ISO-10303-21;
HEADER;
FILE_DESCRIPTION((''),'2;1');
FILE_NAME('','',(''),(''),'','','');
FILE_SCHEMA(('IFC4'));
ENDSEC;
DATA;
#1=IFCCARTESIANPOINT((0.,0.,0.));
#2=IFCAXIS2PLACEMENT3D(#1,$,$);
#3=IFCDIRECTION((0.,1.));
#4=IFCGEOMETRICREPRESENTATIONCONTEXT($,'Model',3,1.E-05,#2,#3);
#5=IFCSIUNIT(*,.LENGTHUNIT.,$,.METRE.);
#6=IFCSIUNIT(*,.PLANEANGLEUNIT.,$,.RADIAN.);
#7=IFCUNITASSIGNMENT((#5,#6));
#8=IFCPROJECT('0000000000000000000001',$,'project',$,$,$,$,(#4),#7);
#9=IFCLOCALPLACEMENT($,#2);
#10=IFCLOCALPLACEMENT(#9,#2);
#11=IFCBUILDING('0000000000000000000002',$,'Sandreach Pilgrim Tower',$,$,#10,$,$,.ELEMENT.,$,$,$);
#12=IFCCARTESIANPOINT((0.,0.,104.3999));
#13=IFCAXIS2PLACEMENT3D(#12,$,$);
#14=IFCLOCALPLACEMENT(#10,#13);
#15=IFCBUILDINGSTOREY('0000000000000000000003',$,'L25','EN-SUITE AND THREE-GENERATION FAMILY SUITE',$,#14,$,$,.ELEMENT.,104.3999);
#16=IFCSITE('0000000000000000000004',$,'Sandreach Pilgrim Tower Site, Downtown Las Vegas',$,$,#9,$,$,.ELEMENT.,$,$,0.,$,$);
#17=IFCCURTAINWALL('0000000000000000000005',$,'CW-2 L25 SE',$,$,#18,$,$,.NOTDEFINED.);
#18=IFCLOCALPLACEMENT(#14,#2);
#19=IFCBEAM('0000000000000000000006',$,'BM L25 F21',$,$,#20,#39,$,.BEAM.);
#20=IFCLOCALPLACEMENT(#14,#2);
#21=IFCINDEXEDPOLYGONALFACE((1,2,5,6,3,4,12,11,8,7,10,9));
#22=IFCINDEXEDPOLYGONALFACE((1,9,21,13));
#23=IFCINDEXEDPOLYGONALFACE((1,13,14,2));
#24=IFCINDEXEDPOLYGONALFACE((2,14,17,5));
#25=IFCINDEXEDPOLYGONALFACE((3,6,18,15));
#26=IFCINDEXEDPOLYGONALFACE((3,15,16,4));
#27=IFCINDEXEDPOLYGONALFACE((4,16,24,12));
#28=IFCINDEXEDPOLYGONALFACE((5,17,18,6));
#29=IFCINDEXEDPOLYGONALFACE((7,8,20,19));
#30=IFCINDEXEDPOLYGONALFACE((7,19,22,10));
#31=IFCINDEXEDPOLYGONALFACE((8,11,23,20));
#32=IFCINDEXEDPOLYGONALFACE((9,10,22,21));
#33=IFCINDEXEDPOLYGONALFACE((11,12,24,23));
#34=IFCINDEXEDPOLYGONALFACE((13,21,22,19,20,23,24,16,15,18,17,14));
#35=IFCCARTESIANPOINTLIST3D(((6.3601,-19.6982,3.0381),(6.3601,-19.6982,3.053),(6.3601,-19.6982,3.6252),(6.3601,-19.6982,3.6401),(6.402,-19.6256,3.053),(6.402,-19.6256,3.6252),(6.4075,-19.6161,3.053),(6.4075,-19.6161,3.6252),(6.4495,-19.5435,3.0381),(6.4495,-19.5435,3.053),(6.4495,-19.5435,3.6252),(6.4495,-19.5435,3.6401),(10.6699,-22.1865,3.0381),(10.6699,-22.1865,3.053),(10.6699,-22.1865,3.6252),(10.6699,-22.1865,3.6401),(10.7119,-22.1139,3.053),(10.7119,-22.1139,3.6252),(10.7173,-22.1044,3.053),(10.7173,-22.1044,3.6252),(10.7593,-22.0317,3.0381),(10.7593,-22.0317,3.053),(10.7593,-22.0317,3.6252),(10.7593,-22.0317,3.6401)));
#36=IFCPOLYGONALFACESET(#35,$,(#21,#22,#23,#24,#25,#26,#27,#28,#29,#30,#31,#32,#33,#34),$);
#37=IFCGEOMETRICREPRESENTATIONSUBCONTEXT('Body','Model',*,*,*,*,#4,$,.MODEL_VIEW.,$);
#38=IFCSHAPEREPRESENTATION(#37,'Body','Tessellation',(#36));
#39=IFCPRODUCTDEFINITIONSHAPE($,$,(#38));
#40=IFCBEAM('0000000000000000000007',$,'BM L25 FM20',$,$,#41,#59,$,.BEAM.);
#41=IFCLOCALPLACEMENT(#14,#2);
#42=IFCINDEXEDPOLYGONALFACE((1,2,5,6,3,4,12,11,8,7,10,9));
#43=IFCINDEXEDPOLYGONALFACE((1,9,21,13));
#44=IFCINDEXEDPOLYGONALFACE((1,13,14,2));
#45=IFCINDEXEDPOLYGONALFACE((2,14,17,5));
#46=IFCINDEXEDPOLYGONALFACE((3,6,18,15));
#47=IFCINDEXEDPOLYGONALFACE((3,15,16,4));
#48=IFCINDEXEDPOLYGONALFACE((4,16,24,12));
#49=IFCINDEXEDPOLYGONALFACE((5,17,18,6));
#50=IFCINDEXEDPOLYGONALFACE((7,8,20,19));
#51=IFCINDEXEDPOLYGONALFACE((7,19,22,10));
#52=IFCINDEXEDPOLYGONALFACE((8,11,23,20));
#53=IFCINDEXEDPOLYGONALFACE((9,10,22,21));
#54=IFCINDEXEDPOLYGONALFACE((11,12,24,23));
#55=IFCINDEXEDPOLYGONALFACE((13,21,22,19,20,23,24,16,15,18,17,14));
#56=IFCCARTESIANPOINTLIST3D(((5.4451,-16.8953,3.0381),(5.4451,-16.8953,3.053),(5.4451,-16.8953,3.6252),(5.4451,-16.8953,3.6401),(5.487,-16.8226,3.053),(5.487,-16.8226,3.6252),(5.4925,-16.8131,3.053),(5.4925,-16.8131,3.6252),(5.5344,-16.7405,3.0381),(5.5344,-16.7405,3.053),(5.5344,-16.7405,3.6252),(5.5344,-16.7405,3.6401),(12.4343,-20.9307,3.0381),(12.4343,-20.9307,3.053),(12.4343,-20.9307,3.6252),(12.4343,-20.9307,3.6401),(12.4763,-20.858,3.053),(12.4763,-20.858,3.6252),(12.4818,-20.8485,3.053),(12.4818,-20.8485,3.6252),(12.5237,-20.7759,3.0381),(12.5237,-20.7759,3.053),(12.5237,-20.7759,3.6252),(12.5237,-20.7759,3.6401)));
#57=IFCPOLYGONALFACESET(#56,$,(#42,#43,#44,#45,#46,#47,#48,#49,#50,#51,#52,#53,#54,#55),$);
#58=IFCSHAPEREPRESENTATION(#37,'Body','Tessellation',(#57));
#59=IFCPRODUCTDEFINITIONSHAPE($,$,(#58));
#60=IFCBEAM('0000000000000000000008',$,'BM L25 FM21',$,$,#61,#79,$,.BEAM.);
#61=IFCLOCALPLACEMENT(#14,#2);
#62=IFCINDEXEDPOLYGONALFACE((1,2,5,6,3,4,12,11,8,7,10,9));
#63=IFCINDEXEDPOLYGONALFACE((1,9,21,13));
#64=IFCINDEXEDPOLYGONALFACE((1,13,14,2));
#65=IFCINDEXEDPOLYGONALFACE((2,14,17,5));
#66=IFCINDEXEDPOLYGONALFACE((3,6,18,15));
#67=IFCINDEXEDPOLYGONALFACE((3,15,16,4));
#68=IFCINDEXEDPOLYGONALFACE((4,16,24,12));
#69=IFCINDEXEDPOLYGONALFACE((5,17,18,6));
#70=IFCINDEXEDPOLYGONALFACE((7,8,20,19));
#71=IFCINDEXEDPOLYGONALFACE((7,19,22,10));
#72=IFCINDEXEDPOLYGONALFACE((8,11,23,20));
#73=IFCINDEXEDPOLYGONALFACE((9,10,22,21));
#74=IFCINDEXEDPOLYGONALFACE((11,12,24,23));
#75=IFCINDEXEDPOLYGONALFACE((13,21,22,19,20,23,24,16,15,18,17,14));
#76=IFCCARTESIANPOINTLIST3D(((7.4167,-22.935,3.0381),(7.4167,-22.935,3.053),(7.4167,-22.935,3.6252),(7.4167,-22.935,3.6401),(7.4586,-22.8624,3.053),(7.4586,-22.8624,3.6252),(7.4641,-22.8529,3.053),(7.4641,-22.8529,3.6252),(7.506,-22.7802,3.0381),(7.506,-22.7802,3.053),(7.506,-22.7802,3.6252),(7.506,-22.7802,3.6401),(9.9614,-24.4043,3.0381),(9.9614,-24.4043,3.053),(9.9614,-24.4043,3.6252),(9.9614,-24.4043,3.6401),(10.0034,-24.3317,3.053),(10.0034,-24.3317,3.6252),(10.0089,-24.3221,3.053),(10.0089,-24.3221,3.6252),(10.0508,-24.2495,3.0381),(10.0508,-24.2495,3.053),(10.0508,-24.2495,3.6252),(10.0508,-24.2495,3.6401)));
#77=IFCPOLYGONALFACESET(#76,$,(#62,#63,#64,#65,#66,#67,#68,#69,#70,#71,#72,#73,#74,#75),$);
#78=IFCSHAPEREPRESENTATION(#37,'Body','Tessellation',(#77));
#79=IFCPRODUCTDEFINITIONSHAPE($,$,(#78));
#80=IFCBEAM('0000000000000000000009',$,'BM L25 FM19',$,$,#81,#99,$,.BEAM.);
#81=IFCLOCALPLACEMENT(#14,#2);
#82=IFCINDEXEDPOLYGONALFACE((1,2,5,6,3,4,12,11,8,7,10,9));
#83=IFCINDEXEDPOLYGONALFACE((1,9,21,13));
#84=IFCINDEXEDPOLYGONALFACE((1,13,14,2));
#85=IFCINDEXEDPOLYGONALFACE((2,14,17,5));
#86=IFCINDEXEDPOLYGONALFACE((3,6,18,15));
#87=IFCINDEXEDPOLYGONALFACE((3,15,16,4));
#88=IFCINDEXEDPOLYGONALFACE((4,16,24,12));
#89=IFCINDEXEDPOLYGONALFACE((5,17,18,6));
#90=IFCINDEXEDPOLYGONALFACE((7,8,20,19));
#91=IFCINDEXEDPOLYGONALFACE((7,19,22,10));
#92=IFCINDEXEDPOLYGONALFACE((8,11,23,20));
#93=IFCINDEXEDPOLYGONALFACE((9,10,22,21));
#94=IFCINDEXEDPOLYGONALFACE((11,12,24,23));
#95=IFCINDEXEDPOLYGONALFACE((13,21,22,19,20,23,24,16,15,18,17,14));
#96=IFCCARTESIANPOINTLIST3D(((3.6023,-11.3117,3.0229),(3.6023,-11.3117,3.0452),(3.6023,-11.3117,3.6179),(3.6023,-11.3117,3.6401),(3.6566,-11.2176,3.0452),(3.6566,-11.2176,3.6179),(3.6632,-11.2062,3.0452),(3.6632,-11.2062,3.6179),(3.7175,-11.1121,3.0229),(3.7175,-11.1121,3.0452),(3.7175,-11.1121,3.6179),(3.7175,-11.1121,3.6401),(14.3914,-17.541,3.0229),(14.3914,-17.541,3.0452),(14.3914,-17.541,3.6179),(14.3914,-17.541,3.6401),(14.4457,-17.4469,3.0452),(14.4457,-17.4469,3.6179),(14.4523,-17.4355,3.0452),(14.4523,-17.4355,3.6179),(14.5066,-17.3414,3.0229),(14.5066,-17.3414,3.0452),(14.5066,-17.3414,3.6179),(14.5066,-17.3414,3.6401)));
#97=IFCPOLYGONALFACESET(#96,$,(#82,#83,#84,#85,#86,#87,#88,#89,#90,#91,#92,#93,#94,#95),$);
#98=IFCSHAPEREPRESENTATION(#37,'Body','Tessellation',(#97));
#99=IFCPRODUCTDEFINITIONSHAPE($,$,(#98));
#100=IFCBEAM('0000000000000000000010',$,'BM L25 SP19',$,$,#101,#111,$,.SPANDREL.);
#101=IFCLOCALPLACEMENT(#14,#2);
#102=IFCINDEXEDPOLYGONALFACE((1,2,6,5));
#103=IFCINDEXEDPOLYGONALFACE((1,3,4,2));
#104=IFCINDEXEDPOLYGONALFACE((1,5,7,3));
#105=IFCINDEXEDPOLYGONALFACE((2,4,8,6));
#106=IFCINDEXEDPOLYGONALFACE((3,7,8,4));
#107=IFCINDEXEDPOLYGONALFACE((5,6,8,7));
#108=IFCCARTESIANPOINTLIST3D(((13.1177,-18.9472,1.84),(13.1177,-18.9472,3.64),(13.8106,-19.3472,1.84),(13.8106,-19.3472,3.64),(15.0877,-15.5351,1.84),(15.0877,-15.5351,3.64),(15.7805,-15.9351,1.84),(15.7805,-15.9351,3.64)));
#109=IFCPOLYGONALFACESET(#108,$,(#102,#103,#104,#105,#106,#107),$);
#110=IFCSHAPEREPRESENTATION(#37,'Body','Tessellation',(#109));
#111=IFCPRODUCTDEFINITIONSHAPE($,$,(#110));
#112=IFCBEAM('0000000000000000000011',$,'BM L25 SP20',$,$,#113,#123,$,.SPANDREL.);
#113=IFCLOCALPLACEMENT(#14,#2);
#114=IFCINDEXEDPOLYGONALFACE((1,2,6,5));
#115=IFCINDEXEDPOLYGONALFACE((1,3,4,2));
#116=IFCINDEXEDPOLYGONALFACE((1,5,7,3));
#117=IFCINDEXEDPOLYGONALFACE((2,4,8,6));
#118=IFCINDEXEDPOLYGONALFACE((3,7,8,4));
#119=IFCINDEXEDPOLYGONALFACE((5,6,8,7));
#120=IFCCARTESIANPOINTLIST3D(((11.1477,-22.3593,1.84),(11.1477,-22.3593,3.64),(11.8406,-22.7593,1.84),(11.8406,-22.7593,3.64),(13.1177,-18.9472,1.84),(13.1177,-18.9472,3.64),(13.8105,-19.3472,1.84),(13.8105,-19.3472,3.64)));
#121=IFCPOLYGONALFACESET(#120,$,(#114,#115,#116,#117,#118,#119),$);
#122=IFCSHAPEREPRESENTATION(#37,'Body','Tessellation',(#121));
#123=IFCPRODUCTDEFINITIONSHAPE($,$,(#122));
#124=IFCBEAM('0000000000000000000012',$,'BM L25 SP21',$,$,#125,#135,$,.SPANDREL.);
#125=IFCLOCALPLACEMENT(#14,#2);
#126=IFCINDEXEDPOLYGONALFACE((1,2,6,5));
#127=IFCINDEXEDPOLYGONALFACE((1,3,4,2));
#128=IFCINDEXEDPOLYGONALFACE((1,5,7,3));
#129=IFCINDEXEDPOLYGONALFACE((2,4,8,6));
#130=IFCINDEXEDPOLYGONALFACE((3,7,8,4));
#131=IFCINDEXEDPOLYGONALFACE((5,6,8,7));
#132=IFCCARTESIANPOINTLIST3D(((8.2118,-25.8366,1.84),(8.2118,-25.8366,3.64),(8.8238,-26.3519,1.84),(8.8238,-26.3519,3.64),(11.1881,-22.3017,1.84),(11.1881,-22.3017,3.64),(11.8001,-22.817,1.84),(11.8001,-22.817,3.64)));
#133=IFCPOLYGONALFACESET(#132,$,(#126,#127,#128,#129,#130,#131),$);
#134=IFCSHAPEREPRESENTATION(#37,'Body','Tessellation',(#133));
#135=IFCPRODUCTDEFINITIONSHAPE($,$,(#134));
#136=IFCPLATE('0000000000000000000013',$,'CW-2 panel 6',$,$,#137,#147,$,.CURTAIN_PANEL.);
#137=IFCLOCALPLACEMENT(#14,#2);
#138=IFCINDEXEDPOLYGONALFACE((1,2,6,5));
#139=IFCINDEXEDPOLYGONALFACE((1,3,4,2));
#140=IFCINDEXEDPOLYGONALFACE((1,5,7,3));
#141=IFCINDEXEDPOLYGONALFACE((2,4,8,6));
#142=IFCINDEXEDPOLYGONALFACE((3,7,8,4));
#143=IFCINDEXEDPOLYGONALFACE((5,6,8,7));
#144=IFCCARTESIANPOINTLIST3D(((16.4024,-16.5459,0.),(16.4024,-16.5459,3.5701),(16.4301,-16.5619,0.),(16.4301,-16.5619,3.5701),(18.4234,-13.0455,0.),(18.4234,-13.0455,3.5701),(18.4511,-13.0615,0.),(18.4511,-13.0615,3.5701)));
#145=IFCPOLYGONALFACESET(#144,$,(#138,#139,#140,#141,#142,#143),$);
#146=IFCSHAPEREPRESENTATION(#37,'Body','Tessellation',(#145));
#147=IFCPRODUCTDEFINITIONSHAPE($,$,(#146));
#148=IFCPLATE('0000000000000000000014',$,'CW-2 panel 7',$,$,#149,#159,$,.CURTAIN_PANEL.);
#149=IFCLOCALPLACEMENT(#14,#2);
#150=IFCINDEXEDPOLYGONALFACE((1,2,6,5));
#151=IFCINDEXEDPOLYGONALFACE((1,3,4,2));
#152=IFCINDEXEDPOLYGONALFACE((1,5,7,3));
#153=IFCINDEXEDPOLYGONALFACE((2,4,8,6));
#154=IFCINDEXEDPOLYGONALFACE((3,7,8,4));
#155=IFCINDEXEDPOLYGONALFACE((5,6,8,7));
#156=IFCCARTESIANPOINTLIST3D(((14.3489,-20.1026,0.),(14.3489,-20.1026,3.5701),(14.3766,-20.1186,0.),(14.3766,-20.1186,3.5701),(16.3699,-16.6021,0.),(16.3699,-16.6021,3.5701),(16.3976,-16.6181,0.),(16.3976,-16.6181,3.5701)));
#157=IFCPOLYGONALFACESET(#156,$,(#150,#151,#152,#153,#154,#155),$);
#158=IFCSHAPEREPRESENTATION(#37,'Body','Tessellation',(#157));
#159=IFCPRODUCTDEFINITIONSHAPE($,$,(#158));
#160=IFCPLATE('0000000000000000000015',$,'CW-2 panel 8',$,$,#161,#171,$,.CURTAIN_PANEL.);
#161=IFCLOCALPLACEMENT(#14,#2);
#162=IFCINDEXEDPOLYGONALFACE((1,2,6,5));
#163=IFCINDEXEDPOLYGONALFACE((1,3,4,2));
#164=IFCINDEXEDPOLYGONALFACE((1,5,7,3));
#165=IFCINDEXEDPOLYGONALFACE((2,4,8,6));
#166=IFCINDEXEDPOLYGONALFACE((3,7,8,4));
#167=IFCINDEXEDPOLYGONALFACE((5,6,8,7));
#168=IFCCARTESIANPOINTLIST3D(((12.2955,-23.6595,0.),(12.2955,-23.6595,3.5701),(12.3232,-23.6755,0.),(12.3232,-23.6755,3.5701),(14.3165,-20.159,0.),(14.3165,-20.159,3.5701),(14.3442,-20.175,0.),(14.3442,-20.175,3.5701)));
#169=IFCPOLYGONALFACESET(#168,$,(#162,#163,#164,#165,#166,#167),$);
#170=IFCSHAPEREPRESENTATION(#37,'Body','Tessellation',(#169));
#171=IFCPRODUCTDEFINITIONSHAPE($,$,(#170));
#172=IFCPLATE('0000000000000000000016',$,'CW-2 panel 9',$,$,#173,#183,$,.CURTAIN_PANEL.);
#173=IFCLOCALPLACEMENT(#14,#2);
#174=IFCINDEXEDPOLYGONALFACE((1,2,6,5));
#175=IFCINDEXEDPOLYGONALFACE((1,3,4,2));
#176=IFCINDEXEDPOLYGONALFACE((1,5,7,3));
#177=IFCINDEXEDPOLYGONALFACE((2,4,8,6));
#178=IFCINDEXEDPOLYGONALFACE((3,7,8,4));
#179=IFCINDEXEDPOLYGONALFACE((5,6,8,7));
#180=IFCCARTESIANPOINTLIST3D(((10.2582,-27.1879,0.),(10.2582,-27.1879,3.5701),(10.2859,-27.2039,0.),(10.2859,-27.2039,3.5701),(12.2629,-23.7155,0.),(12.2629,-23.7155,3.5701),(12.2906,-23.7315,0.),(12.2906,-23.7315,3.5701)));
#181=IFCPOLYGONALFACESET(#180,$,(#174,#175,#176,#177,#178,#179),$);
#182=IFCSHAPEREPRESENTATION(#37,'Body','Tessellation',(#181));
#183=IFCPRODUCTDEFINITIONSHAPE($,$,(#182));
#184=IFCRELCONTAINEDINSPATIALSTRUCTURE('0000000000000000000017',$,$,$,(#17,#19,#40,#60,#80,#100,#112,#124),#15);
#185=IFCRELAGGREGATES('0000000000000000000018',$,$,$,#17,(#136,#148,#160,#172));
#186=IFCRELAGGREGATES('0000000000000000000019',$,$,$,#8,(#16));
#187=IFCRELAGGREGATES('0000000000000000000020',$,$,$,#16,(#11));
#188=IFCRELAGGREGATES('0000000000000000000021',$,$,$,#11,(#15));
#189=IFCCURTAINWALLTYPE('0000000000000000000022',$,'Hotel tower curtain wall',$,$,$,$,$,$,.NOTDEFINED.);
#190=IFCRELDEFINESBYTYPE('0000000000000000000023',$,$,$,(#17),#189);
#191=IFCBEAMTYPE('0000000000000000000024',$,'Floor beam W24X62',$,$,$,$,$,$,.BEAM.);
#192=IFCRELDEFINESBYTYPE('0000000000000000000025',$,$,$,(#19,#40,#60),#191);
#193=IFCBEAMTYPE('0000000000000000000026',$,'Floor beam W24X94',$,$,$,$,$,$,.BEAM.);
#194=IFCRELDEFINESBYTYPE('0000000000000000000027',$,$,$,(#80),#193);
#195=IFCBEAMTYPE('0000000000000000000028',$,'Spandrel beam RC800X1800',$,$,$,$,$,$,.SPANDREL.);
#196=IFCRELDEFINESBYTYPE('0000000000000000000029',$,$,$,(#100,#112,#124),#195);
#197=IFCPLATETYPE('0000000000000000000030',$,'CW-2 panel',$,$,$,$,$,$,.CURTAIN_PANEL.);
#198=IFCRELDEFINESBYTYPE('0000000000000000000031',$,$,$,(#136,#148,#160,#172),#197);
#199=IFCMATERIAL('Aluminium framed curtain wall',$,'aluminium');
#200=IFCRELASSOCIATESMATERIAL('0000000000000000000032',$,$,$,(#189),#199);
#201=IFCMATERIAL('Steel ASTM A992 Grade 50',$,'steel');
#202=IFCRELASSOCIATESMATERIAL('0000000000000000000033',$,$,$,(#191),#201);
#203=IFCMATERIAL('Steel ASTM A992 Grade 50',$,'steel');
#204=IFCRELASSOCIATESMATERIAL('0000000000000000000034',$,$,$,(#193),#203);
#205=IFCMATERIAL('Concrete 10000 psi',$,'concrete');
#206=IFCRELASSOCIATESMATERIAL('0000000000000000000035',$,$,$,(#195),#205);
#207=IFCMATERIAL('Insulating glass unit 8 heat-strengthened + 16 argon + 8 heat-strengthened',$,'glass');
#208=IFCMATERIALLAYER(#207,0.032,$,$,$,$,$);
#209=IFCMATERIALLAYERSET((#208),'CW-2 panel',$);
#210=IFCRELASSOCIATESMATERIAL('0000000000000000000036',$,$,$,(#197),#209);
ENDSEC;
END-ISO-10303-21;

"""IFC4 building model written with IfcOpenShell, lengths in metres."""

from ifc_helpers import new_model, si_unit, direction, frame, origin, origin_2d, place, context, subcontext, project, spatial, rectangle, i_section, extrude, material, layer, layer_set, material_profile, profile_set, type_object, element, aggregate, save


model = new_model("IFC4")

# Units and contexts
model_context = context("Model", 3, precision=1e-05, world=origin(), true_north=direction((0.0, 1.0)))
body_context = subcontext(model_context, "Body", "Model", "MODEL_VIEW")
ifc_project = project(units=[si_unit("LENGTHUNIT", "METRE"), si_unit("PLANEANGLEUNIT", "RADIAN")], contexts=[model_context])

# Site, building, storey
site_placement = place(None, origin())
site = spatial("IfcSite", under=ifc_project, at=site_placement, Name="Sandreach Pilgrim Tower Site, Downtown Las Vegas", CompositionType="ELEMENT", RefElevation=0.0)
building_placement = place(site_placement, origin())
building = spatial("IfcBuilding", under=site, at=building_placement, Name="Sandreach Pilgrim Tower", CompositionType="ELEMENT")
storey_placement = place(building_placement, frame((0.0, 0.0, 104.3999)))
storey = spatial("IfcBuildingStorey", under=building, at=storey_placement, Name="L25", Description="EN-SUITE AND THREE-GENERATION FAMILY SUITE", CompositionType="ELEMENT", Elevation=104.3999)

# Curtain wall
ifc_material_1 = material(Name="Aluminium framed curtain wall", Category="aluminium")
curtain_wall_type = type_object("IfcCurtainWallType", Name="Hotel tower curtain wall", PredefinedType="NOTDEFINED", material=ifc_material_1)
curtain_wall_1_placement = place(storey_placement, origin())
curtain_wall_1 = element("IfcCurtainWall", 1, at=curtain_wall_1_placement, inside=storey, type_object=curtain_wall_type, Name="CW-2 L25 SE", PredefinedType="NOTDEFINED")

# Beams
ifc_material_2 = material(Name="Steel ASTM A992 Grade 50", Category="steel")
ifc_material_profile_1 = material_profile(ifc_material_2, i_section(OverallWidth=0.1787, OverallDepth=0.6021, WebThickness=0.011, FlangeThickness=0.0149, at=origin_2d()), Name="W24X62")
ifc_profile_set_1 = profile_set([ifc_material_profile_1], Name="Steel ASTM A992 Grade 50")
beam_type_1 = type_object("IfcBeamType", Name="Floor beam W24X62", PredefinedType="BEAM", material=ifc_profile_set_1)
beam_1_placement = place(storey_placement, frame((10.7146, -22.1091, 3.3391), z_axis=(-0.866025, 0.500001, 0.0), x_axis=(-0.500001, -0.866025, 0.0)))
element("IfcBeam", 2, at=beam_1_placement, inside=storey, type_object=beam_type_1, Name="BM L25 F21", PredefinedType="BEAM", context=body_context, shape_type="SweptSolid", body=[
    extrude(i_section(OverallWidth=0.1787, OverallDepth=0.6021, WebThickness=0.011, FlangeThickness=0.0149, at=origin_2d()), origin(), (0.0, 0.0, 1.0), 4.9766),
])
beam_2_placement = place(storey_placement, frame((12.479, -20.8533, 3.3391), z_axis=(-0.866017, 0.500014, 0.0), x_axis=(-0.500014, -0.866017, 0.0)))
element("IfcBeam", 3, at=beam_2_placement, inside=storey, type_object=beam_type_1, Name="BM L25 FM20", PredefinedType="BEAM", context=body_context, shape_type="SweptSolid", body=[
    extrude(i_section(OverallWidth=0.1787, OverallDepth=0.6021, WebThickness=0.011, FlangeThickness=0.0149, at=origin_2d()), origin(), (0.0, 0.0, 1.0), 8.0706),
])
beam_3_placement = place(storey_placement, frame((10.0061, -24.3269, 3.3391), z_axis=(-0.866015, 0.500017, 0.0), x_axis=(-0.500017, -0.866015, 0.0)))
element("IfcBeam", 4, at=beam_3_placement, inside=storey, type_object=beam_type_1, Name="BM L25 FM21", PredefinedType="BEAM", context=body_context, shape_type="SweptSolid", body=[
    extrude(i_section(OverallWidth=0.1787, OverallDepth=0.6021, WebThickness=0.011, FlangeThickness=0.0149, at=origin_2d()), origin(), (0.0, 0.0, 1.0), 2.9385),
])
ifc_material_3 = material(Name="Steel ASTM A992 Grade 50", Category="steel")
ifc_material_profile_2 = material_profile(ifc_material_3, i_section(OverallWidth=0.2305, OverallDepth=0.6172, WebThickness=0.0132, FlangeThickness=0.0222, at=origin_2d()), Name="W24X94")
ifc_profile_set_2 = profile_set([ifc_material_profile_2], Name="Steel ASTM A992 Grade 50")
beam_type_2 = type_object("IfcBeamType", Name="Floor beam W24X94", PredefinedType="BEAM", material=ifc_profile_set_2)
beam_4_placement = place(storey_placement, frame((14.449, -17.4412, 3.3315), z_axis=(-0.866019, 0.500011, 0.0), x_axis=(-0.500011, -0.866019, 0.0)))
element("IfcBeam", 5, at=beam_4_placement, inside=storey, type_object=beam_type_2, Name="BM L25 FM19", PredefinedType="BEAM", context=body_context, shape_type="SweptSolid", body=[
    extrude(i_section(OverallWidth=0.2305, OverallDepth=0.6172, WebThickness=0.0132, FlangeThickness=0.0222, at=origin_2d()), origin(), (0.0, 0.0, 1.0), 12.4583),
])
ifc_material_4 = material(Name="Concrete 10000 psi", Category="concrete")
ifc_material_profile_3 = material_profile(ifc_material_4, rectangle(XDim=0.8, YDim=1.8, at=origin_2d()), Name="RC800X1800")
ifc_profile_set_3 = profile_set([ifc_material_profile_3], Name="Concrete 10000 psi")
beam_type_3 = type_object("IfcBeamType", Name="Spandrel beam RC800X1800", PredefinedType="SPANDREL", material=ifc_profile_set_3)
for number, where, z_axis, x_axis, name in (
    (6, (15.4341, -15.7351, 2.74), (-0.499998, -0.866027, 0.0), (0.866027, -0.499998, 0.0), "BM L25 SP19"),
    (7, (13.4641, -19.1472, 2.74), (-0.499998, -0.866027, 0.0), (0.866027, -0.499998, 0.0), "BM L25 SP20"),
):
    element("IfcBeam", number, at=place(storey_placement, frame(where, z_axis=z_axis, x_axis=x_axis)), inside=storey, type_object=beam_type_3, Name=name, PredefinedType="SPANDREL", context=body_context, shape_type="SweptSolid", body=[
        extrude(rectangle(XDim=0.8, YDim=1.8, at=origin_2d()), origin(), (0.0, 0.0, 1.0), 3.9399),
    ])
beam_5_placement = place(storey_placement, frame((11.4941, -22.5593, 2.74), z_axis=(-0.644079, -0.764959, 0.0), x_axis=(0.764959, -0.644079, 0.0)))
element("IfcBeam", 8, at=beam_5_placement, inside=storey, type_object=beam_type_3, Name="BM L25 SP21", PredefinedType="SPANDREL", context=body_context, shape_type="SweptSolid", body=[
    extrude(rectangle(XDim=0.8, YDim=1.8, at=origin_2d()), origin(), (0.0, 0.0, 1.0), 4.6211),
])

# Plates
ifc_material_5 = material(Name="Insulating glass unit 8 heat-strengthened + 16 argon + 8 heat-strengthened", Category="glass")
ifc_layer_1 = layer(ifc_material_5, 0.032)
ifc_layer_set_1 = layer_set([ifc_layer_1], Name="CW-2 panel")
plate_type = type_object("IfcPlateType", Name="CW-2 panel", PredefinedType="CURTAIN_PANEL", material=ifc_layer_set_1)
plate_1_placement = place(storey_placement, frame((17.4268, -14.8037, 0.0), z_axis=(0.0, 0.0, 1.0), x_axis=(-0.5, -0.866025, 0.0)))
plate_1 = element("IfcPlate", 9, at=plate_1_placement, type_object=plate_type, Name="CW-2 panel 6", PredefinedType="CURTAIN_PANEL", context=body_context, shape_type="SweptSolid", body=[
    extrude(rectangle(XDim=4.042, YDim=0.032, at=origin_2d()), origin(), (0.0, 0.0, 1.0), 3.5701),
])
plate_2_placement = place(storey_placement, frame((15.3733, -18.3604, 0.0), z_axis=(0.0, 0.0, 1.0), x_axis=(-0.5, -0.866025, 0.0)))
plate_2 = element("IfcPlate", 10, at=plate_2_placement, type_object=plate_type, Name="CW-2 panel 7", PredefinedType="CURTAIN_PANEL", context=body_context, shape_type="SweptSolid", body=[
    extrude(rectangle(XDim=4.042, YDim=0.032, at=origin_2d()), origin(), (0.0, 0.0, 1.0), 3.5701),
])
plate_3_placement = place(storey_placement, frame((13.3198, -21.9172, 0.0), z_axis=(0.0, 0.0, 1.0), x_axis=(-0.5, -0.866025, 0.0)))
plate_3 = element("IfcPlate", 11, at=plate_3_placement, type_object=plate_type, Name="CW-2 panel 8", PredefinedType="CURTAIN_PANEL", context=body_context, shape_type="SweptSolid", body=[
    extrude(rectangle(XDim=4.042, YDim=0.032, at=origin_2d()), origin(), (0.0, 0.0, 1.0), 3.5701),
])
plate_4_placement = place(storey_placement, frame((11.2744, -25.4597, 0.0), z_axis=(0.0, 0.0, 1.0), x_axis=(-0.5, -0.866025, 0.0)))
plate_4 = element("IfcPlate", 12, at=plate_4_placement, type_object=plate_type, Name="CW-2 panel 9", PredefinedType="CURTAIN_PANEL", context=body_context, shape_type="SweptSolid", body=[
    extrude(rectangle(XDim=4.0095, YDim=0.032, at=origin_2d()), origin(), (0.0, 0.0, 1.0), 3.5701),
])
aggregate(curtain_wall_1, [plate_1, plate_2, plate_3, plate_4])

save(model, "model.ifc")
